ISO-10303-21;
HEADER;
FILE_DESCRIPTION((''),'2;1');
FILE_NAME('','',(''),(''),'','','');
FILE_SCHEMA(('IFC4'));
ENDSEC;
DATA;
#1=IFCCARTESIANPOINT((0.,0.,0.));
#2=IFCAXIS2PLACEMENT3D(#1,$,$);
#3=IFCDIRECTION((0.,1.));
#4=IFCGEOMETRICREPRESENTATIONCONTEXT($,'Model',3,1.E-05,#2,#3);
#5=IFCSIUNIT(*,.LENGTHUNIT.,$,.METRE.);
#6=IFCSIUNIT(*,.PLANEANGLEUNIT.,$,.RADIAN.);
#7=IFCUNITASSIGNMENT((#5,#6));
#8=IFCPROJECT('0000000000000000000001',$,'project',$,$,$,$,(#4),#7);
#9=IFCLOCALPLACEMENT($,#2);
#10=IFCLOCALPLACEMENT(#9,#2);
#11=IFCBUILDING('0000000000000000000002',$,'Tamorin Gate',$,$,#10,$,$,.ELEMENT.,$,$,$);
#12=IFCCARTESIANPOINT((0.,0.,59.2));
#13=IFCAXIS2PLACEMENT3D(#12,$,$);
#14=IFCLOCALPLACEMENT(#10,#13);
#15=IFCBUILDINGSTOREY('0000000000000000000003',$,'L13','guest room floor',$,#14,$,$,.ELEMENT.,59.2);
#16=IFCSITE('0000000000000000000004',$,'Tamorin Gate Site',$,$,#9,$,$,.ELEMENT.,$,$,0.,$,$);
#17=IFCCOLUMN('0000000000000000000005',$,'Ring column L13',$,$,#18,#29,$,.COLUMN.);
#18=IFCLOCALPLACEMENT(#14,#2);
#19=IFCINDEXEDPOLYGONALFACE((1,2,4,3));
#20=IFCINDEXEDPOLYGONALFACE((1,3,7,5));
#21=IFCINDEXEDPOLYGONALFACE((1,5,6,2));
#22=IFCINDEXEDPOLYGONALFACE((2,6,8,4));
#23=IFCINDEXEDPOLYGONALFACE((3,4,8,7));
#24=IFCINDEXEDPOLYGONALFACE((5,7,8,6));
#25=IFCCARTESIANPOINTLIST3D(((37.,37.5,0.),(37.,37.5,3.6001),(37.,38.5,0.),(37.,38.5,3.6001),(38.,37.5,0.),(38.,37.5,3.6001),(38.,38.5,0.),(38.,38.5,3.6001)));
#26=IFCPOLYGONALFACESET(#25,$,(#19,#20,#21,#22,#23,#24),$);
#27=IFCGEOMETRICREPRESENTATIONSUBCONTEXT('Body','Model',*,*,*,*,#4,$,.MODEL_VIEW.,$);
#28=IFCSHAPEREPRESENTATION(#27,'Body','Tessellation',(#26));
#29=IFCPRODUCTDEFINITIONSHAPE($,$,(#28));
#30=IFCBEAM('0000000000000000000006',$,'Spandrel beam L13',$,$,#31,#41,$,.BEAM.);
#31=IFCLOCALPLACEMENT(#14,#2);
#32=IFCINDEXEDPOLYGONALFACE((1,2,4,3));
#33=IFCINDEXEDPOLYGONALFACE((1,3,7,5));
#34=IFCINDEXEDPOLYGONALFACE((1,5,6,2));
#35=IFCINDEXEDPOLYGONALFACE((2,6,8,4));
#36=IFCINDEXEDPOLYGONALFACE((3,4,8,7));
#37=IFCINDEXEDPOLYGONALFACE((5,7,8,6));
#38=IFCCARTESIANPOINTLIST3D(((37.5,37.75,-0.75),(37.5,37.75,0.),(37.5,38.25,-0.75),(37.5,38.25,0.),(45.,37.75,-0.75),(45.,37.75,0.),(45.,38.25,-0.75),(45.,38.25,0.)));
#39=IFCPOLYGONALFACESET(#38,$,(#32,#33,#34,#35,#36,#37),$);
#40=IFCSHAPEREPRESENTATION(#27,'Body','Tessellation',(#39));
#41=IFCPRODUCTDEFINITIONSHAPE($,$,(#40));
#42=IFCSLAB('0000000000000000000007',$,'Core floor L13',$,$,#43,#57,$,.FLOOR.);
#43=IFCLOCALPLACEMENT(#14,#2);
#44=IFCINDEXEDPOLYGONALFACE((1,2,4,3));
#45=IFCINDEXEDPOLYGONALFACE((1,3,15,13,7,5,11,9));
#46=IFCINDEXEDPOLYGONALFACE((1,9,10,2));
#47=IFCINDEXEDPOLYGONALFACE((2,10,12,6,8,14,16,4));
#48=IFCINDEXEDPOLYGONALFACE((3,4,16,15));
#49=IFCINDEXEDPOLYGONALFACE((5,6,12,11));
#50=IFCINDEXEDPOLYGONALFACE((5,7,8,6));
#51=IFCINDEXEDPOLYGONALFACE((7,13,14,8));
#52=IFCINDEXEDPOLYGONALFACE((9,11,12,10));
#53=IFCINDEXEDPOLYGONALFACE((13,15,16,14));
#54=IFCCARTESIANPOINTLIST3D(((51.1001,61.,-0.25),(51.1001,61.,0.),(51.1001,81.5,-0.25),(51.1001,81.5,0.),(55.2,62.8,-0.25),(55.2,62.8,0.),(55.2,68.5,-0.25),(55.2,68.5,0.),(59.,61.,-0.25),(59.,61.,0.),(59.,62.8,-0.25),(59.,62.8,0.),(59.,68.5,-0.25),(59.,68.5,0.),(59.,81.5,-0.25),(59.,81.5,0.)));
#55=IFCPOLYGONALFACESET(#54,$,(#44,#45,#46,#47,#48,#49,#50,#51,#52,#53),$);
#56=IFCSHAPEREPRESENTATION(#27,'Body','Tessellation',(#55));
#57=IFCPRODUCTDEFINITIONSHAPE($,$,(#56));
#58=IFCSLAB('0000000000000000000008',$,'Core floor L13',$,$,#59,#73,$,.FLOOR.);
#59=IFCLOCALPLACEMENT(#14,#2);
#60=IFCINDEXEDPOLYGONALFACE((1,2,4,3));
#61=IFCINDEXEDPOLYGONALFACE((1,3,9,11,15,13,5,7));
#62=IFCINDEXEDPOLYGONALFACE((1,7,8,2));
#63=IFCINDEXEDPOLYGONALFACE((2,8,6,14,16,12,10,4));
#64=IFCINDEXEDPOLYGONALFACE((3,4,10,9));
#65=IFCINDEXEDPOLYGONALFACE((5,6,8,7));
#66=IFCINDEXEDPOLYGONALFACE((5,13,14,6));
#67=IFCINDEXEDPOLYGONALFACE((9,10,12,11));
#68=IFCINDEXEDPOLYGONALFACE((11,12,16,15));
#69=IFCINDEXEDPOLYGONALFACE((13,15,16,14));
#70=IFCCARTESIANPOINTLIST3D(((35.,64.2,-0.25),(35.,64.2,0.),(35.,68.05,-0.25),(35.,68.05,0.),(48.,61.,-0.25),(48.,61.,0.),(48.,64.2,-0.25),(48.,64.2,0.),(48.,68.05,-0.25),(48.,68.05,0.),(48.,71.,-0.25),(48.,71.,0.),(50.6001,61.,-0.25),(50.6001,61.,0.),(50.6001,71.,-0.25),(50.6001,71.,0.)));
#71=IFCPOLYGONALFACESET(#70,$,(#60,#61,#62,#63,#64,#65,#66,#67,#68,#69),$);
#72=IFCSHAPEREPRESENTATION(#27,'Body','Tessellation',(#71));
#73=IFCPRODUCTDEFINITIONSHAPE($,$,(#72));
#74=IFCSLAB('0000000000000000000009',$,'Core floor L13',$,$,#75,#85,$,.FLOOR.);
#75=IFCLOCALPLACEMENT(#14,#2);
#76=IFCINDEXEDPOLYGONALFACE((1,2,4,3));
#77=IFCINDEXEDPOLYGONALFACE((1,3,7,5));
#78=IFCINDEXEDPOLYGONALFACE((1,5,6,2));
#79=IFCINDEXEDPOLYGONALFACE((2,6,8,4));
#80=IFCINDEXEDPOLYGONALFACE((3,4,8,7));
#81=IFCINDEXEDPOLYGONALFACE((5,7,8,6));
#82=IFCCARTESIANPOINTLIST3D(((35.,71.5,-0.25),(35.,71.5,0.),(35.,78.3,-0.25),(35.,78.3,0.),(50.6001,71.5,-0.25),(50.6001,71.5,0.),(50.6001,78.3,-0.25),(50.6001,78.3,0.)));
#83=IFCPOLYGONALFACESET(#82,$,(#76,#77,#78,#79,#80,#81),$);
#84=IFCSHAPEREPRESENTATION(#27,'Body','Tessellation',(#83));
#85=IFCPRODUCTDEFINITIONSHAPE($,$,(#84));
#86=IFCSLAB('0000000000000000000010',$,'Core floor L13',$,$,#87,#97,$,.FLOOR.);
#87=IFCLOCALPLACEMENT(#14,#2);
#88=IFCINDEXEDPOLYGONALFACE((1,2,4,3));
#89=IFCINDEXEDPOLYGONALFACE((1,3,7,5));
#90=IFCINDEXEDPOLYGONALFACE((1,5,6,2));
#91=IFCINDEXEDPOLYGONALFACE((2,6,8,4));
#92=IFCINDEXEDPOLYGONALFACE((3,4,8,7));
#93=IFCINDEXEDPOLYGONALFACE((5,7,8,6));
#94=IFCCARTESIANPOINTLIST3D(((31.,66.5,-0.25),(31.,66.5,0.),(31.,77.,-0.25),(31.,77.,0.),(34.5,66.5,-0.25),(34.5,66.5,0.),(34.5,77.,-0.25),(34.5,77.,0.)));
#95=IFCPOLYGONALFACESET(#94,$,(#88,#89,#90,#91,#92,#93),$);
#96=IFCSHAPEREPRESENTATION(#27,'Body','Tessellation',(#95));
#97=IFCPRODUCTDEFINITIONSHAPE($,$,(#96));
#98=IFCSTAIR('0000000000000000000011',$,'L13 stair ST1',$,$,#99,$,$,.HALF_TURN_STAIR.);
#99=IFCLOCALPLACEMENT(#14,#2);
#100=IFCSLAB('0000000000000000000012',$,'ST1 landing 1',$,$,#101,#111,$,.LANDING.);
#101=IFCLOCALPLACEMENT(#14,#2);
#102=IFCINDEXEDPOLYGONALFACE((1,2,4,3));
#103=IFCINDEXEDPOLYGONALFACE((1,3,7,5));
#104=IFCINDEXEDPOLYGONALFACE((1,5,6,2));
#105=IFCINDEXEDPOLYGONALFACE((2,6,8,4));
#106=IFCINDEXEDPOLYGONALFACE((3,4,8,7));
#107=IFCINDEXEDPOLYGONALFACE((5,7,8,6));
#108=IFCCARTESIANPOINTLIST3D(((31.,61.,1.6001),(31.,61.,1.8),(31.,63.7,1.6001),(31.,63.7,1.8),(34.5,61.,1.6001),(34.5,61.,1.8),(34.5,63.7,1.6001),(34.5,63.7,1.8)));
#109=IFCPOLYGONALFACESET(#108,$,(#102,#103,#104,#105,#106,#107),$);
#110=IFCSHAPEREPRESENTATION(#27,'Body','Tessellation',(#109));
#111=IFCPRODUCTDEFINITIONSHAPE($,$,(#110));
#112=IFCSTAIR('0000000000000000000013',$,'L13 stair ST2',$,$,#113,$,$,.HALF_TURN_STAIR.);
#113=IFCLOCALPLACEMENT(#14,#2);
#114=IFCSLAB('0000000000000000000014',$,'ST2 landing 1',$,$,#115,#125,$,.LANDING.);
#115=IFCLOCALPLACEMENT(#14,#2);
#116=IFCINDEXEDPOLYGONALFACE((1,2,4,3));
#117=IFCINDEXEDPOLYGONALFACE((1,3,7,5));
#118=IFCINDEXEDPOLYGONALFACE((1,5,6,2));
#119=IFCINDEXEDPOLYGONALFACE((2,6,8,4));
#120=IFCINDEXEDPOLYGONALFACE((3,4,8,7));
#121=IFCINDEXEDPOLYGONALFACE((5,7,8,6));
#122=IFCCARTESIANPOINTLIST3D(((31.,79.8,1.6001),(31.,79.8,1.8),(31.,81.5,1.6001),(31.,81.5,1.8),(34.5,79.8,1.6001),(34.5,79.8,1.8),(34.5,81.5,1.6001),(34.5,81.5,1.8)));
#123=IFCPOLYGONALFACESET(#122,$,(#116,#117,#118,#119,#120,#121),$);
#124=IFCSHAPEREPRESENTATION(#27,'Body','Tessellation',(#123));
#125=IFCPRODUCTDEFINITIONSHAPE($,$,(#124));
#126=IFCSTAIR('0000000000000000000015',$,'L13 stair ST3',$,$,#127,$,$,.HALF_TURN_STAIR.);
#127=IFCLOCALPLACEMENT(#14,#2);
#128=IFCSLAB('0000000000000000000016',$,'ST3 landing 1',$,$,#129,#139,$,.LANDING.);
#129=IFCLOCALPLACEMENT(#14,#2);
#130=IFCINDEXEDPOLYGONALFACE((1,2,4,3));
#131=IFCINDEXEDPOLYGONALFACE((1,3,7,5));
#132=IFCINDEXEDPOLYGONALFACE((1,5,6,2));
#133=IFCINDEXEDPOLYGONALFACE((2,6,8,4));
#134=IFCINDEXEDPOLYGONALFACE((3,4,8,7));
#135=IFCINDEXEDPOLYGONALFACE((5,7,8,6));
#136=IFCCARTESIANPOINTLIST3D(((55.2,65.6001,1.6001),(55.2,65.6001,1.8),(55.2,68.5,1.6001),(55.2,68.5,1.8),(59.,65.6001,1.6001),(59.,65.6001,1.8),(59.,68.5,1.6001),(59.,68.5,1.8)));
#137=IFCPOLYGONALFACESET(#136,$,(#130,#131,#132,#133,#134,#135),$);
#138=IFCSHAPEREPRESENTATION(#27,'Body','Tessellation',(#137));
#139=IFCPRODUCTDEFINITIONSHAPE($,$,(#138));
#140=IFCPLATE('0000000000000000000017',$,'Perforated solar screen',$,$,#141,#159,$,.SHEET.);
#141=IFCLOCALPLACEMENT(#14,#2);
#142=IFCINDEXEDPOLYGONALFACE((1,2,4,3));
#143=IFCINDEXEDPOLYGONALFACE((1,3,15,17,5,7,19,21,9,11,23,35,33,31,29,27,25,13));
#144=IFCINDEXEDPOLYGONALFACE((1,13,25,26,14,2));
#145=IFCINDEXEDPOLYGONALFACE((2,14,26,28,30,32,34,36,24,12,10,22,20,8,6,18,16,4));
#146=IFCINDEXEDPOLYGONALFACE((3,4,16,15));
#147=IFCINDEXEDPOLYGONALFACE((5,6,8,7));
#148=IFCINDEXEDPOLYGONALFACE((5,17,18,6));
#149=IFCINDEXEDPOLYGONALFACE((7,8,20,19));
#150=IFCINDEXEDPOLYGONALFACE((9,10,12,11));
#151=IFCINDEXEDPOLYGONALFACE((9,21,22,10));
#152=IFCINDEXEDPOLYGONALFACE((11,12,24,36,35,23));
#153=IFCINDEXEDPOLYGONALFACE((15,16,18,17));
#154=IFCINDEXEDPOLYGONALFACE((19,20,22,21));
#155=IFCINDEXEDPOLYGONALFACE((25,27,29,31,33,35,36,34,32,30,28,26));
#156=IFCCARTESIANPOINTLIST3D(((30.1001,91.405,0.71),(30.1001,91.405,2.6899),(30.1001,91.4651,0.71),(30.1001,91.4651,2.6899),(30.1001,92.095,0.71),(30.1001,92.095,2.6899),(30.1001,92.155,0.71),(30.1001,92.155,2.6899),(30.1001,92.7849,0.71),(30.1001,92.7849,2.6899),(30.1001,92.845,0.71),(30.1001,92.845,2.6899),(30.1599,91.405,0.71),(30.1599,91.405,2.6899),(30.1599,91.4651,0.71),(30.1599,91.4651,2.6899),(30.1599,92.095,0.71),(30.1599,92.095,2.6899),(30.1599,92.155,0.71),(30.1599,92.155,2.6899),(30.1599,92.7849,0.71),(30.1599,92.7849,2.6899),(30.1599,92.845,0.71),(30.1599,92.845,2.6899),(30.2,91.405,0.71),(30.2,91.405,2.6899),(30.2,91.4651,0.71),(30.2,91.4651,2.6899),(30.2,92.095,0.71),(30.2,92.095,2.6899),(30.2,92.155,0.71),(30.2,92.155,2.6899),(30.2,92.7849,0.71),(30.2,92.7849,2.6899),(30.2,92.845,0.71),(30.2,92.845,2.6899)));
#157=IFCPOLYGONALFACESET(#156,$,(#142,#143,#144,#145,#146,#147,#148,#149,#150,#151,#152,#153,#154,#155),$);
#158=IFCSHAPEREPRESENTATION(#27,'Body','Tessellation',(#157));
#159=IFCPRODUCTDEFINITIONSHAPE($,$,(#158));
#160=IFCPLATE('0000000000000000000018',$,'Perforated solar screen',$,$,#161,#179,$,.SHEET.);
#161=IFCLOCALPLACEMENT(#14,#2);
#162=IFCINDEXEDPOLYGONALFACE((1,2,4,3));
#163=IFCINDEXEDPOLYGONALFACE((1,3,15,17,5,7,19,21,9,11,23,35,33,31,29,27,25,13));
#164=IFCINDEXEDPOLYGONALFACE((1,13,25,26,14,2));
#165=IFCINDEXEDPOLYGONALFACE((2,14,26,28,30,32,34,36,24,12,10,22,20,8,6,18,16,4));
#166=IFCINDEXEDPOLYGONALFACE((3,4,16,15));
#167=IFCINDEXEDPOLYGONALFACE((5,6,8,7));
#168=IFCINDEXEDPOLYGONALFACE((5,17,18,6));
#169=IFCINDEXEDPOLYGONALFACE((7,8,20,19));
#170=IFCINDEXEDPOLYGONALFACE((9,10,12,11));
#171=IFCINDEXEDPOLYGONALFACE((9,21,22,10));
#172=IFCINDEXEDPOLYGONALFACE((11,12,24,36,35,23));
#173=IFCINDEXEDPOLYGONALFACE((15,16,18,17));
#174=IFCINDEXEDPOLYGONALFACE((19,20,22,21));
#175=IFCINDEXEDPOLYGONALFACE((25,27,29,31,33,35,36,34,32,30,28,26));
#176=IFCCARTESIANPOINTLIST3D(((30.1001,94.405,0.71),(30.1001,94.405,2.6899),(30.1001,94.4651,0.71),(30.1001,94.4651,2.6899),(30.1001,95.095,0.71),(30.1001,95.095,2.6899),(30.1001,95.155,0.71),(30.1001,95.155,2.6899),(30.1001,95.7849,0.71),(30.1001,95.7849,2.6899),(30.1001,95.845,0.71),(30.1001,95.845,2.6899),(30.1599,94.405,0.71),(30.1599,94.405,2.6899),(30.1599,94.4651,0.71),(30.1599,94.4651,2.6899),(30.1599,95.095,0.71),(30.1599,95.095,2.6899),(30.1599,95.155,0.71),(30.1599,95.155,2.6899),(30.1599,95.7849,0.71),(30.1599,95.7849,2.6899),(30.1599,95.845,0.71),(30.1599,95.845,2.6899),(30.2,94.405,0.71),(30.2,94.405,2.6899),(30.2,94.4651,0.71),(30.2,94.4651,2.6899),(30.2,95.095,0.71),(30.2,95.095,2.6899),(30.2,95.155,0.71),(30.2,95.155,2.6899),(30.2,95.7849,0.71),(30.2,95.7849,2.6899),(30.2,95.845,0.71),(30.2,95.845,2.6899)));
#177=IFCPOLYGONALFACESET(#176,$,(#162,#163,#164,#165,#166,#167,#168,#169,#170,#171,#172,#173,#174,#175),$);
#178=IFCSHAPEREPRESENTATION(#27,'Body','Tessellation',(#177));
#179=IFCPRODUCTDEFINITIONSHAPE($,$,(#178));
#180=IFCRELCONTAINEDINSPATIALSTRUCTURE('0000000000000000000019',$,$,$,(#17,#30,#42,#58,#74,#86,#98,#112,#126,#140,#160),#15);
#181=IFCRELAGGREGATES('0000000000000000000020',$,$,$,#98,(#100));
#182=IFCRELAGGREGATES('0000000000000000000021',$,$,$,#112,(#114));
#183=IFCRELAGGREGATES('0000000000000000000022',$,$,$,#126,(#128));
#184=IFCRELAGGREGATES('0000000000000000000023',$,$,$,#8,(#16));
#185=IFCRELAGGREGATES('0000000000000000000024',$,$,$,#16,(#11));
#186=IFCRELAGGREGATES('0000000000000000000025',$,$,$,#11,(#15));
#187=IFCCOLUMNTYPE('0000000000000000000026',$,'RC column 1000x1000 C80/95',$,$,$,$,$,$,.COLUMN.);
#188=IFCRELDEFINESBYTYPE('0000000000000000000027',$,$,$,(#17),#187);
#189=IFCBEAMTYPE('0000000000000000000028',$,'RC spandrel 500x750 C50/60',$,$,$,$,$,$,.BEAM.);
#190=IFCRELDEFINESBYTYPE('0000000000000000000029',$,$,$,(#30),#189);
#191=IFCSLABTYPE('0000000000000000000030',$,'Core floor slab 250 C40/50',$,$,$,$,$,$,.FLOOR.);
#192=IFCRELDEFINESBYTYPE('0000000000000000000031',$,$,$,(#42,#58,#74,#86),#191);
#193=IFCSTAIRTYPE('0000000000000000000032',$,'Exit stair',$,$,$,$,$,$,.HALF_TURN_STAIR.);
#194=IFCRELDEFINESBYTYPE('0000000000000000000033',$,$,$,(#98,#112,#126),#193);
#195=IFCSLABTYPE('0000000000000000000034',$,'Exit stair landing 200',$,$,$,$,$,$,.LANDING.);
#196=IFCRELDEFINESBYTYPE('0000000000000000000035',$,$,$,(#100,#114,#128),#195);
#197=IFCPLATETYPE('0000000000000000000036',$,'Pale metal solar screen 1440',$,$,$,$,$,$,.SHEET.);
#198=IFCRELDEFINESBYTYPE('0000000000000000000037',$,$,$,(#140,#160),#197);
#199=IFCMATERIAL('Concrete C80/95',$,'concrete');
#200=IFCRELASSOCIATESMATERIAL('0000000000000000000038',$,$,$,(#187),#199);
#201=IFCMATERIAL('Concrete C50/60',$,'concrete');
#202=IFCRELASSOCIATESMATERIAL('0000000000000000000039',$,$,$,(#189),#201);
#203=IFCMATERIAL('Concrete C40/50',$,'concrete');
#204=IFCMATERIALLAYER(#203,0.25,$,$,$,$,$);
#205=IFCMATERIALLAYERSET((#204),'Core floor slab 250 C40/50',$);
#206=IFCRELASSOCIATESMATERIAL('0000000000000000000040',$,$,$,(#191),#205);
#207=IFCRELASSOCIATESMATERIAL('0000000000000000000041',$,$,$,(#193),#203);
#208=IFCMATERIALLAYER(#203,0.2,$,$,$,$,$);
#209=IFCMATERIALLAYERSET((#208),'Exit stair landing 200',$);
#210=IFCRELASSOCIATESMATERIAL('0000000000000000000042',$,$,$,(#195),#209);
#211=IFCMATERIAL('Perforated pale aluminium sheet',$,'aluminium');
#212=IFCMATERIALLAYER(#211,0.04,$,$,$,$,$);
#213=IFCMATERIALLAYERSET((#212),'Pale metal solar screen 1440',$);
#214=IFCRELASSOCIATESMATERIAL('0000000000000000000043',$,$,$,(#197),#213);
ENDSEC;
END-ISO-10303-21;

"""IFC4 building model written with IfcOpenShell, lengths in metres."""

from ifc_helpers import new_model, si_unit, direction, frame, origin, origin_2d, place, context, subcontext, project, spatial, polyline, rectangle, outline, extrude, material, layer, layer_set, material_profile, profile_set, type_object, element, aggregate, save


model = new_model("IFC4")

# Units and contexts
model_context = context("Model", 3, precision=1e-05, world=origin(), true_north=direction((0.0, 1.0)))
body_context = subcontext(model_context, "Body", "Model", "MODEL_VIEW")
ifc_project = project(units=[si_unit("LENGTHUNIT", "METRE"), si_unit("PLANEANGLEUNIT", "RADIAN")], contexts=[model_context])

# Site, building, storey
site_placement = place(None, origin())
site = spatial("IfcSite", under=ifc_project, at=site_placement, Name="Tamorin Gate Site", CompositionType="ELEMENT", RefElevation=0.0)
building_placement = place(site_placement, origin())
building = spatial("IfcBuilding", under=site, at=building_placement, Name="Tamorin Gate", CompositionType="ELEMENT")
storey_placement = place(building_placement, frame((0.0, 0.0, 59.2)))
storey = spatial("IfcBuildingStorey", under=building, at=storey_placement, Name="L13", Description="guest room floor", CompositionType="ELEMENT", Elevation=59.2)

# Column
ifc_material_1 = material(Name="Concrete C80/95", Category="concrete")
ifc_material_profile_1 = material_profile(ifc_material_1, rectangle(XDim=1.0, YDim=1.0, at=origin_2d()), Name="RC 1000x1000")
ifc_profile_set_1 = profile_set([ifc_material_profile_1], Name="Concrete C80/95")
column_type = type_object("IfcColumnType", Name="RC column 1000x1000 C80/95", PredefinedType="COLUMN", material=ifc_profile_set_1)
column_placement = place(storey_placement, frame((37.5, 38.0, 0.0), z_axis=(0.0, 0.0, 1.0), x_axis=(1.0, 0.0, 0.0)))
element("IfcColumn", 1, at=column_placement, inside=storey, type_object=column_type, Name="Ring column L13", PredefinedType="COLUMN", context=body_context, shape_type="SweptSolid", body=[
    extrude(rectangle(XDim=1.0, YDim=1.0, at=origin_2d()), origin(), (0.0, 0.0, 1.0), 3.6001),
])

# Beam
ifc_material_2 = material(Name="Concrete C50/60", Category="concrete")
ifc_material_profile_2 = material_profile(ifc_material_2, rectangle(XDim=0.5, YDim=0.75, at=origin_2d()), Name="RC 500x750")
ifc_profile_set_2 = profile_set([ifc_material_profile_2], Name="Concrete C50/60")
beam_type = type_object("IfcBeamType", Name="RC spandrel 500x750 C50/60", PredefinedType="BEAM", material=ifc_profile_set_2)
beam_placement = place(storey_placement, frame((37.5, 38.0, -0.375), z_axis=(1.0, 0.0, 0.0), x_axis=(0.0, 1.0, 0.0)))
element("IfcBeam", 2, at=beam_placement, inside=storey, type_object=beam_type, Name="Spandrel beam L13", PredefinedType="BEAM", context=body_context, shape_type="SweptSolid", body=[
    extrude(rectangle(XDim=0.5, YDim=0.75, at=origin_2d()), origin(), (0.0, 0.0, 1.0), 7.5),
])

# Slabs
ifc_material_3 = material(Name="Concrete C40/50", Category="concrete")
ifc_layer_1 = layer(ifc_material_3, 0.25)
ifc_layer_set_1 = layer_set([ifc_layer_1], Name="Core floor slab 250 C40/50")
slab_type_1 = type_object("IfcSlabType", Name="Core floor slab 250 C40/50", PredefinedType="FLOOR", material=ifc_layer_set_1)
slab_1_placement = place(storey_placement, frame((0.0, 0.0, -0.25)))
element("IfcSlab", 3, at=slab_1_placement, inside=storey, type_object=slab_type_1, Name="Core floor L13", PredefinedType="FLOOR", context=body_context, shape_type="SweptSolid", body=[
    extrude(outline(polyline([(59.0, 62.8), (59.0, 61.0), (51.1001, 61.0), (51.1001, 81.5), (59.0, 81.5), (59.0, 68.5), (55.2, 68.5), (55.2, 62.8), (59.0, 62.8)])), origin(), (0.0, 0.0, 1.0), 0.25),
])
slab_2_placement = place(storey_placement, frame((0.0, 0.0, -0.25)))
element("IfcSlab", 4, at=slab_2_placement, inside=storey, type_object=slab_type_1, Name="Core floor L13", PredefinedType="FLOOR", context=body_context, shape_type="SweptSolid", body=[
    extrude(outline(polyline([(50.6001, 61.0), (48.0, 61.0), (48.0, 64.2), (35.0, 64.2), (35.0, 68.05), (48.0, 68.05), (48.0, 71.0), (50.6001, 71.0), (50.6001, 61.0)])), origin(), (0.0, 0.0, 1.0), 0.25),
])
slab_3_placement = place(storey_placement, frame((0.0, 0.0, -0.25)))
element("IfcSlab", 5, at=slab_3_placement, inside=storey, type_object=slab_type_1, Name="Core floor L13", PredefinedType="FLOOR", context=body_context, shape_type="SweptSolid", body=[
    extrude(outline(polyline([(50.6001, 71.5), (35.0, 71.5), (35.0, 78.3), (50.6001, 78.3), (50.6001, 71.5)])), origin(), (0.0, 0.0, 1.0), 0.25),
])
slab_4_placement = place(storey_placement, frame((0.0, 0.0, -0.25)))
element("IfcSlab", 6, at=slab_4_placement, inside=storey, type_object=slab_type_1, Name="Core floor L13", PredefinedType="FLOOR", context=body_context, shape_type="SweptSolid", body=[
    extrude(outline(polyline([(31.0, 66.5), (31.0, 77.0), (34.5, 77.0), (34.5, 66.5), (31.0, 66.5)])), origin(), (0.0, 0.0, 1.0), 0.25),
])

# Stairs, slabs
stair_type = type_object("IfcStairType", Name="Exit stair", PredefinedType="HALF_TURN_STAIR", material=ifc_material_3)
stair_1_placement = place(storey_placement, origin())
stair_1 = element("IfcStair", 7, at=stair_1_placement, inside=storey, type_object=stair_type, Name="L13 stair ST1", PredefinedType="HALF_TURN_STAIR")
ifc_layer_2 = layer(ifc_material_3, 0.2)
ifc_layer_set_2 = layer_set([ifc_layer_2], Name="Exit stair landing 200")
slab_type_2 = type_object("IfcSlabType", Name="Exit stair landing 200", PredefinedType="LANDING", material=ifc_layer_set_2)
slab_5_placement = place(storey_placement, frame((0.0, 0.0, 1.6001)))
slab_5 = element("IfcSlab", 8, at=slab_5_placement, type_object=slab_type_2, Name="ST1 landing 1", PredefinedType="LANDING", context=body_context, shape_type="SweptSolid", body=[
    extrude(outline(polyline([(31.0, 63.7), (31.0, 61.0), (34.5, 61.0), (34.5, 63.7), (31.0, 63.7)])), origin(), (0.0, 0.0, 1.0), 0.2),
])
aggregate(stair_1, [slab_5])
stair_2_placement = place(storey_placement, origin())
stair_2 = element("IfcStair", 9, at=stair_2_placement, inside=storey, type_object=stair_type, Name="L13 stair ST2", PredefinedType="HALF_TURN_STAIR")
slab_6_placement = place(storey_placement, frame((0.0, 0.0, 1.6001)))
slab_6 = element("IfcSlab", 10, at=slab_6_placement, type_object=slab_type_2, Name="ST2 landing 1", PredefinedType="LANDING", context=body_context, shape_type="SweptSolid", body=[
    extrude(outline(polyline([(34.5, 79.8), (34.5, 81.5), (31.0, 81.5), (31.0, 79.8), (34.5, 79.8)])), origin(), (0.0, 0.0, 1.0), 0.2),
])
aggregate(stair_2, [slab_6])
stair_3_placement = place(storey_placement, origin())
stair_3 = element("IfcStair", 11, at=stair_3_placement, inside=storey, type_object=stair_type, Name="L13 stair ST3", PredefinedType="HALF_TURN_STAIR")
slab_7_placement = place(storey_placement, frame((0.0, 0.0, 1.6001)))
slab_7 = element("IfcSlab", 12, at=slab_7_placement, type_object=slab_type_2, Name="ST3 landing 1", PredefinedType="LANDING", context=body_context, shape_type="SweptSolid", body=[
    extrude(outline(polyline([(59.0, 65.6001), (59.0, 68.5), (55.2, 68.5), (55.2, 65.6001), (59.0, 65.6001)])), origin(), (0.0, 0.0, 1.0), 0.2),
])
aggregate(stair_3, [slab_7])

# Plates
ifc_material_4 = material(Name="Perforated pale aluminium sheet", Category="aluminium")
ifc_layer_3 = layer(ifc_material_4, 0.04)
ifc_layer_set_3 = layer_set([ifc_layer_3], Name="Pale metal solar screen 1440")
plate_type = type_object("IfcPlateType", Name="Pale metal solar screen 1440", PredefinedType="SHEET", material=ifc_layer_set_3)
plate_1_placement = place(storey_placement, frame((0.0, 0.0, 0.71)))
element("IfcPlate", 13, at=plate_1_placement, inside=storey, type_object=plate_type, Name="Perforated solar screen", PredefinedType="SHEET", context=body_context, shape_type="SweptSolid", body=[
    extrude(outline(polyline([(30.1599, 92.845), (30.2, 92.845), (30.2, 92.7849), (30.2, 92.155), (30.2, 92.095), (30.2, 91.4651), (30.2, 91.405), (30.1599, 91.405), (30.1001, 91.405), (30.1001, 91.4651), (30.1599, 91.4651), (30.1599, 92.095), (30.1001, 92.095), (30.1001, 92.155), (30.1599, 92.155), (30.1599, 92.7849), (30.1001, 92.7849), (30.1001, 92.845), (30.1599, 92.845)])), origin(), (0.0, 0.0, 1.0), 1.98),
])
plate_2_placement = place(storey_placement, frame((0.0, 0.0, 0.71)))
element("IfcPlate", 14, at=plate_2_placement, inside=storey, type_object=plate_type, Name="Perforated solar screen", PredefinedType="SHEET", context=body_context, shape_type="SweptSolid", body=[
    extrude(outline(polyline([(30.1599, 95.845), (30.2, 95.845), (30.2, 95.7849), (30.2, 95.155), (30.2, 95.095), (30.2, 94.4651), (30.2, 94.405), (30.2, 94.405), (30.1599, 94.405), (30.1599, 94.405), (30.1001, 94.405), (30.1001, 94.4651), (30.1599, 94.4651), (30.1599, 95.095), (30.1001, 95.095), (30.1001, 95.155), (30.1599, 95.155), (30.1599, 95.7849), (30.1001, 95.7849), (30.1001, 95.845), (30.1599, 95.845)])), origin(), (0.0, 0.0, 1.0), 1.98),
])

save(model, "model.ifc")
